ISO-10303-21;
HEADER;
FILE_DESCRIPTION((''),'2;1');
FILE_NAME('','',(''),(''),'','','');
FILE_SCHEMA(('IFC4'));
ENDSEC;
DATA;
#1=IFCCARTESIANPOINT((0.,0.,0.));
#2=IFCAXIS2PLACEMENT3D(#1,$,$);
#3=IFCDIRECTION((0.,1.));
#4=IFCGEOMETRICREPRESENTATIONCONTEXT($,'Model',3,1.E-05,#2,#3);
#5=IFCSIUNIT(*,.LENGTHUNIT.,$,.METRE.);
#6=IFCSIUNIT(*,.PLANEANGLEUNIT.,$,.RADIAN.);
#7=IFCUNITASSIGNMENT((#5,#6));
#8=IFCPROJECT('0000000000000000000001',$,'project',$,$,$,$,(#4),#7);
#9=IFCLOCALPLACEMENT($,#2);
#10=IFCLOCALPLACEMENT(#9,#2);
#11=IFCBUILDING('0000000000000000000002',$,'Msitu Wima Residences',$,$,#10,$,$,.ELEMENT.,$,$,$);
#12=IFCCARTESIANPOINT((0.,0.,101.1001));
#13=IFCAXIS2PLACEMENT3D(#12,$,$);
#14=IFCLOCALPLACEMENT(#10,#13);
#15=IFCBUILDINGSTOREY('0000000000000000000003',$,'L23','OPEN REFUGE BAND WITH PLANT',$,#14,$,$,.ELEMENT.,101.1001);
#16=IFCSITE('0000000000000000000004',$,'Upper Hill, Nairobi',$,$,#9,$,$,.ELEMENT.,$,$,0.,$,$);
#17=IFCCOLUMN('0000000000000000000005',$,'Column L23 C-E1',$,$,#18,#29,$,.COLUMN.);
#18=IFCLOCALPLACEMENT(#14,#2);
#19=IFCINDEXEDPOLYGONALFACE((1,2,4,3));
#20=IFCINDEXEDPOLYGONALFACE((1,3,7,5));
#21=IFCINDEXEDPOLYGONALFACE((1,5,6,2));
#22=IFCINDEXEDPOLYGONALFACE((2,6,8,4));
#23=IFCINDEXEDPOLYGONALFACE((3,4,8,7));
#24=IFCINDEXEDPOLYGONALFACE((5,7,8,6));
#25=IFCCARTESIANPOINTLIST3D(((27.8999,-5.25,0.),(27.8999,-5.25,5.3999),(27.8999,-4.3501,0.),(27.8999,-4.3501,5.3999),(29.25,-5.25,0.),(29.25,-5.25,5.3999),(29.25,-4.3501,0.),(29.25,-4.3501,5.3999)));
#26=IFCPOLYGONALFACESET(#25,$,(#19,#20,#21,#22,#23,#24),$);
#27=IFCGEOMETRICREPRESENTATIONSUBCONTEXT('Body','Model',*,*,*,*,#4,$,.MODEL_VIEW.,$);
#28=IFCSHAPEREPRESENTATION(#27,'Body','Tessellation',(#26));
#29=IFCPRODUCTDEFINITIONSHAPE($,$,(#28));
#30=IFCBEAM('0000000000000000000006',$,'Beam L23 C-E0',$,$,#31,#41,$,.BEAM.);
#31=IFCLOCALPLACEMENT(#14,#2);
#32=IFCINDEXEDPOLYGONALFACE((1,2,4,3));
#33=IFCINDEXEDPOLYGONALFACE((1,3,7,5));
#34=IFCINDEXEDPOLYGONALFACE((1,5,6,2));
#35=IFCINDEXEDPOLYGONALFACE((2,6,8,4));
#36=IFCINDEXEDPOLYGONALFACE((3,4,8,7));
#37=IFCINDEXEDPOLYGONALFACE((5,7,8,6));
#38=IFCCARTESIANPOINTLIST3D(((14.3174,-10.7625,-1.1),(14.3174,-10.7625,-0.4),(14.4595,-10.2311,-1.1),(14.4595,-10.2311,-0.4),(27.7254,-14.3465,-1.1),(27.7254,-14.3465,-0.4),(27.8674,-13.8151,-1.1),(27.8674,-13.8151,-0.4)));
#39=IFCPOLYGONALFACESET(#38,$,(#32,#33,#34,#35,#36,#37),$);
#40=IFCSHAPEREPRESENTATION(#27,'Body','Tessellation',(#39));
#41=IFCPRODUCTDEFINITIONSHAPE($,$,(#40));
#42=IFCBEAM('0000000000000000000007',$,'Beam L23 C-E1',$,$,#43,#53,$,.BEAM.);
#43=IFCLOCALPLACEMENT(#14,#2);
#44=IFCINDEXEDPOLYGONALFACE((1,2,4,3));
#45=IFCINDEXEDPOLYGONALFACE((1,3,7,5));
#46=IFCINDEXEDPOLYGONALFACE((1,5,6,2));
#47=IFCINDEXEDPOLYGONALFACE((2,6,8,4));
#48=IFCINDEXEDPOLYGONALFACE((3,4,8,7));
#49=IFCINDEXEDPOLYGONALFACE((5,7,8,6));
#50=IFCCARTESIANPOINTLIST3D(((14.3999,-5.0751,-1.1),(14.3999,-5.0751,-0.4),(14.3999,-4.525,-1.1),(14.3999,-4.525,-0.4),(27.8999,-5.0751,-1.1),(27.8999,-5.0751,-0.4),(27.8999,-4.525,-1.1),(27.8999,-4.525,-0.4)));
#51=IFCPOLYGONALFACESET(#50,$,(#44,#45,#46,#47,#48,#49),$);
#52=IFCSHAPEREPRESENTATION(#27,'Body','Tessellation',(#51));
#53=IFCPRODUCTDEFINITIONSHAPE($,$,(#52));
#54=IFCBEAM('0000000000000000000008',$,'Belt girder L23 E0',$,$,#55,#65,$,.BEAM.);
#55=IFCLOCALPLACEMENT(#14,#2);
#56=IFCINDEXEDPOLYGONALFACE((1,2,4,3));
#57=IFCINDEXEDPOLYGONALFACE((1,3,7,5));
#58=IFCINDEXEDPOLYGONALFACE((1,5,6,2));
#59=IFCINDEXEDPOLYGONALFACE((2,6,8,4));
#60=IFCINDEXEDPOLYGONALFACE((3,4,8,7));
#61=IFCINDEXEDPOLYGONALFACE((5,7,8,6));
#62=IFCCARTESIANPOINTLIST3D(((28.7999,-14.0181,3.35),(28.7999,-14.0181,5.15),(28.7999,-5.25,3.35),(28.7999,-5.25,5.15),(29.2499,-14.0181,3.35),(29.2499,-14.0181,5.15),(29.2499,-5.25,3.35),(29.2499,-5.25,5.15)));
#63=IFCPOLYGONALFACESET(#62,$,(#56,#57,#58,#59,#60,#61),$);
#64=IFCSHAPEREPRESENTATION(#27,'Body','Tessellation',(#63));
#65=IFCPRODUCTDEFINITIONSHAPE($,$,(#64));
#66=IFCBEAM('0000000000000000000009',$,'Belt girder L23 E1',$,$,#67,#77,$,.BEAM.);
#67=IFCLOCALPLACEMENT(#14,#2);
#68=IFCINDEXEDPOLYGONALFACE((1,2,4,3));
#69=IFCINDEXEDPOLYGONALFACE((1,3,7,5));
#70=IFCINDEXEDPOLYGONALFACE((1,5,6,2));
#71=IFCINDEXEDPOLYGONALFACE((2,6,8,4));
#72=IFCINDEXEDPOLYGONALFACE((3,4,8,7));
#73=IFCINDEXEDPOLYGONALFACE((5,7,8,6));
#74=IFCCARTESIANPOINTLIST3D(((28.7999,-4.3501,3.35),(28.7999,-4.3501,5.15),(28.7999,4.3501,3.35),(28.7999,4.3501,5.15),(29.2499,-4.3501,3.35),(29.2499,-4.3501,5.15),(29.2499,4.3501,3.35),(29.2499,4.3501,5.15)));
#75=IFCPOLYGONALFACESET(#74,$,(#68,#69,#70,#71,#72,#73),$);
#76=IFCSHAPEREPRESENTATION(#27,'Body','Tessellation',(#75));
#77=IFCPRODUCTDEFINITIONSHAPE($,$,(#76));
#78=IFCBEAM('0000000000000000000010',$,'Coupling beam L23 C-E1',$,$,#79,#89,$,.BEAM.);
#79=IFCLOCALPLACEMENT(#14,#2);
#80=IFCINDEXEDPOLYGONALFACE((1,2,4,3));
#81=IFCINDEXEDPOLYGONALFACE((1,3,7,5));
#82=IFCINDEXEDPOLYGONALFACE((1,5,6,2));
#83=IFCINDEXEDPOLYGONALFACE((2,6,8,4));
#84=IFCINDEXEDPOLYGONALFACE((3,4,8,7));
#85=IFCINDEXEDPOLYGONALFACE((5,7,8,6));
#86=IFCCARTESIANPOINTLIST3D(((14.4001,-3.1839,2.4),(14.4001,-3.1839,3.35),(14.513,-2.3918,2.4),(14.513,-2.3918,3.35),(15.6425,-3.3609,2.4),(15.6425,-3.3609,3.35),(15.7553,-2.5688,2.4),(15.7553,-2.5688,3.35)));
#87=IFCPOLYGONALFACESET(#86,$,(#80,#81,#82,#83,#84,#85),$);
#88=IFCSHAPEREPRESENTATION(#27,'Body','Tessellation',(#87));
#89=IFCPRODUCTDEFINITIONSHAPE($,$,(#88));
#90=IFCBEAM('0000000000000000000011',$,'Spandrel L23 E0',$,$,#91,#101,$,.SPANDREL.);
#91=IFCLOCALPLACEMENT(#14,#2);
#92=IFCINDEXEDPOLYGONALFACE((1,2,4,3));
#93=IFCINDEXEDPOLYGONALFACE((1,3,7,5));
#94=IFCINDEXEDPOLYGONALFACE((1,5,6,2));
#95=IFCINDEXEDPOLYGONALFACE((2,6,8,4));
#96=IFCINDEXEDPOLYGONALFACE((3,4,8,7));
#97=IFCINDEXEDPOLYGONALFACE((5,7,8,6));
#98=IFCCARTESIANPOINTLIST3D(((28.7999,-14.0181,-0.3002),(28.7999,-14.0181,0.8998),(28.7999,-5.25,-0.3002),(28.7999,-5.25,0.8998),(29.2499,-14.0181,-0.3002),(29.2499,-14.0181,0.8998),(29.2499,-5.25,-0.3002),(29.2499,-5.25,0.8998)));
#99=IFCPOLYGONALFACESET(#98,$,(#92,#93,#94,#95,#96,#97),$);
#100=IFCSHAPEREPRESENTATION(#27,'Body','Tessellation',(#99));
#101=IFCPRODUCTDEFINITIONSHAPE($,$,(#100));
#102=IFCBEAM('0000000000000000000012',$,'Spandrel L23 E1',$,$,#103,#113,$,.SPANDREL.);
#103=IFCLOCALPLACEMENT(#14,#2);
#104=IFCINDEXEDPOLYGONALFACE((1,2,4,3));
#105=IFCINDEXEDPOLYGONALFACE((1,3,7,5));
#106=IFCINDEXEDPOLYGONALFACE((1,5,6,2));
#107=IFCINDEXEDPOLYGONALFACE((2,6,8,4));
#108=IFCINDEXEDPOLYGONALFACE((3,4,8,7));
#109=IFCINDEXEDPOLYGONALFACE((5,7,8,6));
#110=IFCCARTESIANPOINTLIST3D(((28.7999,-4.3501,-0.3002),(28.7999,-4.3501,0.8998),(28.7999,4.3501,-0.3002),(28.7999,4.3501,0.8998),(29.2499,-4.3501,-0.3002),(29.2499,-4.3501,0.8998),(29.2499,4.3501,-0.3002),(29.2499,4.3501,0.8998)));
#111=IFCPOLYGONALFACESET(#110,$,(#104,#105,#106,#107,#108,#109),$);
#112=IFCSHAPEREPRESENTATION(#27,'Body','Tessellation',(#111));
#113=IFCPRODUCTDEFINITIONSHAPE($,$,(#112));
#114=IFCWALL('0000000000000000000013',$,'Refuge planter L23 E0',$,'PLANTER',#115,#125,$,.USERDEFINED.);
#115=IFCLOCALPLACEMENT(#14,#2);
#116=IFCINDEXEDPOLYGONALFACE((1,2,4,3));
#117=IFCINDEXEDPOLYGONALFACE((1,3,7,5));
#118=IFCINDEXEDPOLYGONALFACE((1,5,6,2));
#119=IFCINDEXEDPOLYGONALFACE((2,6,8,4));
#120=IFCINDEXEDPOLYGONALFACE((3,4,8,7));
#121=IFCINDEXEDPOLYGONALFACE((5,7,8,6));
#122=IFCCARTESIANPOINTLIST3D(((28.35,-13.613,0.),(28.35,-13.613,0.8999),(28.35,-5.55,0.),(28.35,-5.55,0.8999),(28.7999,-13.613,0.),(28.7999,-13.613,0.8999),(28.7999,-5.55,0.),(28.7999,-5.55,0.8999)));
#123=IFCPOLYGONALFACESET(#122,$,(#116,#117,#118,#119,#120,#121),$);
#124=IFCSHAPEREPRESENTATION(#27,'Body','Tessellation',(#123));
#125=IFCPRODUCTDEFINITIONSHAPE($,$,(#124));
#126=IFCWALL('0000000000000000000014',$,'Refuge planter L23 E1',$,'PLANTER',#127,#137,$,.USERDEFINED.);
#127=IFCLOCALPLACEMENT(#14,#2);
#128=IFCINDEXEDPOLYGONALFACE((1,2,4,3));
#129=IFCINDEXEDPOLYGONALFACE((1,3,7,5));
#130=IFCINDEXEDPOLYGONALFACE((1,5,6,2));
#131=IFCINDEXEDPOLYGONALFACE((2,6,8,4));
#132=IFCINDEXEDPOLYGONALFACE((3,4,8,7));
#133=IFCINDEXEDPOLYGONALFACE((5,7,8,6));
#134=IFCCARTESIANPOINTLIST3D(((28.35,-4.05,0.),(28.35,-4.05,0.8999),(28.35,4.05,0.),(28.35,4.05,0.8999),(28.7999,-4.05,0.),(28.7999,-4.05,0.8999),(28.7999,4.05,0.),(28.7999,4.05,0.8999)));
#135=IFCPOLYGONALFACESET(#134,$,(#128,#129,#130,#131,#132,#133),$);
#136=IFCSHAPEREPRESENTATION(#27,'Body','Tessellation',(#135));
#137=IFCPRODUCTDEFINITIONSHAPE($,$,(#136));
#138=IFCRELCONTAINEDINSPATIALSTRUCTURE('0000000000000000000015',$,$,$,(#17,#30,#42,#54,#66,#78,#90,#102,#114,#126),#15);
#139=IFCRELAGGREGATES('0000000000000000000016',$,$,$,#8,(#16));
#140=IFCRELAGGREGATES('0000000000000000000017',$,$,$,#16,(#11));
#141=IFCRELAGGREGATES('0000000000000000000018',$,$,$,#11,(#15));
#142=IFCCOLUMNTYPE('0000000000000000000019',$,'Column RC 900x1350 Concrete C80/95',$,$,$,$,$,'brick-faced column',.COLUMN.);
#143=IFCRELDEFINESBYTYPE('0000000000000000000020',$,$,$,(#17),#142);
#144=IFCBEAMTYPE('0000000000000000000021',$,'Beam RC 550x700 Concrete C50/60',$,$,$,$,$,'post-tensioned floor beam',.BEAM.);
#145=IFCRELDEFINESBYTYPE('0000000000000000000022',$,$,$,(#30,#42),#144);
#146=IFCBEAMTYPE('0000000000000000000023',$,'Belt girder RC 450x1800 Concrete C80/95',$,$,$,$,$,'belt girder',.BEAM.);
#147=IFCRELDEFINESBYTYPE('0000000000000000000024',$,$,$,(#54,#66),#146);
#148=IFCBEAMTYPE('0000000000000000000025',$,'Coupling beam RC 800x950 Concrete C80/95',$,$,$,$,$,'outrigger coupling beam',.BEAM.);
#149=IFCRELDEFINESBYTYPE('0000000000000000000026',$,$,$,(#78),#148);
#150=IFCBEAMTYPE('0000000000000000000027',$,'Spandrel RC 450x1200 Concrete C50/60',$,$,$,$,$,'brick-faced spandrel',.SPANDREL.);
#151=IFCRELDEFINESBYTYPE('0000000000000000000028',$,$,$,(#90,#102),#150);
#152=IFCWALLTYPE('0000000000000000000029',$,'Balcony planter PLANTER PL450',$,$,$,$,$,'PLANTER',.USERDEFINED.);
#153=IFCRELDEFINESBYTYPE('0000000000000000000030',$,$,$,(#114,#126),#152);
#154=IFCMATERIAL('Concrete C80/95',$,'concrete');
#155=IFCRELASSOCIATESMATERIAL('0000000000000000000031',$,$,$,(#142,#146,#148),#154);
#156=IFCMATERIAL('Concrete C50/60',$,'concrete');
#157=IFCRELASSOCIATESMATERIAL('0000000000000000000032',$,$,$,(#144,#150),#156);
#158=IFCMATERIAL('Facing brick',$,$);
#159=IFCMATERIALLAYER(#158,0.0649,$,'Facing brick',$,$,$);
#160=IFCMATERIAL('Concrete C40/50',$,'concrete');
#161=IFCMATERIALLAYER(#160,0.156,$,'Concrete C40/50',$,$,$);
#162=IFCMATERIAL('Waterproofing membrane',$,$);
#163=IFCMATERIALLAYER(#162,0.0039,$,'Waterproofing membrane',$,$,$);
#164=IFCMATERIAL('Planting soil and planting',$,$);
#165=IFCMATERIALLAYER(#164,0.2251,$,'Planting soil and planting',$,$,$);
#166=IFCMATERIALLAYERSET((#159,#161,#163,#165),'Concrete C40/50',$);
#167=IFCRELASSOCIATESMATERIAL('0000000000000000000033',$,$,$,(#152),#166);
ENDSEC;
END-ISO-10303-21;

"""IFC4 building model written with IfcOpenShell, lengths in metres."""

from ifc_helpers import new_model, si_unit, direction, frame, frame_2d, origin, origin_2d, place, context, subcontext, project, spatial, rectangle, extrude, material, layer, layer_set, material_profile, profile_set, type_object, element, save


model = new_model("IFC4")

# Units and contexts
model_context = context("Model", 3, precision=1e-05, world=origin(), true_north=direction((0.0, 1.0)))
body_context = subcontext(model_context, "Body", "Model", "MODEL_VIEW")
ifc_project = project(units=[si_unit("LENGTHUNIT", "METRE"), si_unit("PLANEANGLEUNIT", "RADIAN")], contexts=[model_context])

# Site, building, storey
site_placement = place(None, origin())
site = spatial("IfcSite", under=ifc_project, at=site_placement, Name="Upper Hill, Nairobi", CompositionType="ELEMENT", RefElevation=0.0)
building_placement = place(site_placement, origin())
building = spatial("IfcBuilding", under=site, at=building_placement, Name="Msitu Wima Residences", CompositionType="ELEMENT")
storey_placement = place(building_placement, frame((0.0, 0.0, 101.1001)))
storey = spatial("IfcBuildingStorey", under=building, at=storey_placement, Name="L23", Description="OPEN REFUGE BAND WITH PLANT", CompositionType="ELEMENT", Elevation=101.1001)

# Column
ifc_material_1 = material(Name="Concrete C80/95", Category="concrete")
ifc_material_profile_1 = material_profile(ifc_material_1, rectangle(XDim=0.8999, YDim=1.3501, at=origin_2d()), Name="RC 900x1350")
ifc_profile_set_1 = profile_set([ifc_material_profile_1], Name="Concrete C80/95")
column_type = type_object("IfcColumnType", Name="Column RC 900x1350 Concrete C80/95", ElementType="brick-faced column", PredefinedType="COLUMN", material=ifc_profile_set_1)
column_placement = place(storey_placement, frame((28.575, -4.8, 0.0), z_axis=(0.0, 0.0, 1.0), x_axis=(0.0, 1.0, 0.0)))
element("IfcColumn", 1, at=column_placement, inside=storey, type_object=column_type, Name="Column L23 C-E1", PredefinedType="COLUMN", context=body_context, shape_type="SweptSolid", body=[
    extrude(rectangle(XDim=0.8999, YDim=1.3501, at=origin_2d()), origin(), (0.0, 0.0, 1.0), 5.3999),
])

# Beams
ifc_material_2 = material(Name="Concrete C50/60", Category="concrete")
ifc_material_profile_2 = material_profile(ifc_material_2, rectangle(XDim=0.55, YDim=0.7, at=origin_2d()), Name="RC 550x700")
ifc_profile_set_2 = profile_set([ifc_material_profile_2], Name="Concrete C50/60")
beam_type_1 = type_object("IfcBeamType", Name="Beam RC 550x700 Concrete C50/60", ElementType="post-tensioned floor beam", PredefinedType="BEAM", material=ifc_profile_set_2)
beam_1_placement = place(storey_placement, frame((27.7964, -14.0808, -0.75), z_axis=(-0.966082, 0.258236, 0.0), x_axis=(-0.258236, -0.966082, 0.0)))
element("IfcBeam", 2, at=beam_1_placement, inside=storey, type_object=beam_type_1, Name="Beam L23 C-E0", PredefinedType="BEAM", context=body_context, shape_type="SweptSolid", body=[
    extrude(rectangle(XDim=0.55, YDim=0.7, at=origin_2d()), origin(), (0.0, 0.0, 1.0), 13.8787),
])
beam_2_placement = place(storey_placement, frame((27.8999, -4.8, -0.75), z_axis=(-1.0, 0.0, 0.0), x_axis=(0.0, -1.0, 0.0)))
element("IfcBeam", 3, at=beam_2_placement, inside=storey, type_object=beam_type_1, Name="Beam L23 C-E1", PredefinedType="BEAM", context=body_context, shape_type="SweptSolid", body=[
    extrude(rectangle(XDim=0.55, YDim=0.7, at=origin_2d()), origin(), (0.0, 0.0, 1.0), 13.5),
])
ifc_material_profile_3 = material_profile(ifc_material_1, rectangle(XDim=0.45, YDim=1.8, at=origin_2d()), Name="RC 450x1800")
ifc_profile_set_3 = profile_set([ifc_material_profile_3], Name="Concrete C80/95")
beam_type_2 = type_object("IfcBeamType", Name="Belt girder RC 450x1800 Concrete C80/95", ElementType="belt girder", PredefinedType="BEAM", material=ifc_profile_set_3)
beam_3_placement = place(storey_placement, frame((29.0249, -14.0181, 4.25), z_axis=(0.0, 1.0, 0.0), x_axis=(-1.0, 0.0, 0.0)))
element("IfcBeam", 4, at=beam_3_placement, inside=storey, type_object=beam_type_2, Name="Belt girder L23 E0", PredefinedType="BEAM", context=body_context, shape_type="SweptSolid", body=[
    extrude(rectangle(XDim=0.45, YDim=1.8, at=origin_2d()), origin(), (0.0, 0.0, 1.0), 8.7681),
])
beam_4_placement = place(storey_placement, frame((29.0249, -4.3501, 4.25), z_axis=(0.0, 1.0, 0.0), x_axis=(-1.0, 0.0, 0.0)))
element("IfcBeam", 5, at=beam_4_placement, inside=storey, type_object=beam_type_2, Name="Belt girder L23 E1", PredefinedType="BEAM", context=body_context, shape_type="SweptSolid", body=[
    extrude(rectangle(XDim=0.45, YDim=1.8, at=origin_2d()), origin(), (0.0, 0.0, 1.0), 8.7002),
])
ifc_material_profile_4 = material_profile(ifc_material_1, rectangle(XDim=0.8, YDim=0.95, at=origin_2d()), Name="RC 800x950")
ifc_profile_set_4 = profile_set([ifc_material_profile_4], Name="Concrete C80/95")
beam_type_3 = type_object("IfcBeamType", Name="Coupling beam RC 800x950 Concrete C80/95", ElementType="outrigger coupling beam", PredefinedType="BEAM", material=ifc_profile_set_4)
beam_5_placement = place(storey_placement, frame((14.4565, -2.7878, 2.875), z_axis=(0.990004, -0.14104, 0.0), x_axis=(0.14104, 0.990004, 0.0)))
element("IfcBeam", 6, at=beam_5_placement, inside=storey, type_object=beam_type_3, Name="Coupling beam L23 C-E1", PredefinedType="BEAM", context=body_context, shape_type="SweptSolid", body=[
    extrude(rectangle(XDim=0.8, YDim=0.95, at=origin_2d()), origin(), (0.0, 0.0, 1.0), 1.2549),
])
ifc_material_profile_5 = material_profile(ifc_material_2, rectangle(XDim=0.45, YDim=1.2, at=origin_2d()), Name="RC 450x1200")
ifc_profile_set_5 = profile_set([ifc_material_profile_5], Name="Concrete C50/60")
beam_type_4 = type_object("IfcBeamType", Name="Spandrel RC 450x1200 Concrete C50/60", ElementType="brick-faced spandrel", PredefinedType="SPANDREL", material=ifc_profile_set_5)
beam_6_placement = place(storey_placement, frame((29.0249, -14.0181, 0.2998), z_axis=(0.0, 1.0, 0.0), x_axis=(-1.0, 0.0, 0.0)))
element("IfcBeam", 7, at=beam_6_placement, inside=storey, type_object=beam_type_4, Name="Spandrel L23 E0", PredefinedType="SPANDREL", context=body_context, shape_type="SweptSolid", body=[
    extrude(rectangle(XDim=0.45, YDim=1.2, at=origin_2d()), origin(), (0.0, 0.0, 1.0), 8.7681),
])
beam_7_placement = place(storey_placement, frame((29.0249, -4.3501, 0.2998), z_axis=(0.0, 1.0, 0.0), x_axis=(-1.0, 0.0, 0.0)))
element("IfcBeam", 8, at=beam_7_placement, inside=storey, type_object=beam_type_4, Name="Spandrel L23 E1", PredefinedType="SPANDREL", context=body_context, shape_type="SweptSolid", body=[
    extrude(rectangle(XDim=0.45, YDim=1.2, at=origin_2d()), origin(), (0.0, 0.0, 1.0), 8.7002),
])

# Walls
ifc_material_3 = material(Name="Facing brick")
ifc_layer_1 = layer(ifc_material_3, 0.0649, Name="Facing brick")
ifc_material_4 = material(Name="Concrete C40/50", Category="concrete")
ifc_layer_2 = layer(ifc_material_4, 0.156, Name="Concrete C40/50")
ifc_material_5 = material(Name="Waterproofing membrane")
ifc_layer_3 = layer(ifc_material_5, 0.0039, Name="Waterproofing membrane")
ifc_material_6 = material(Name="Planting soil and planting")
ifc_layer_4 = layer(ifc_material_6, 0.2251, Name="Planting soil and planting")
ifc_layer_set_1 = layer_set([ifc_layer_1, ifc_layer_2, ifc_layer_3, ifc_layer_4], Name="Concrete C40/50")
wall_type_1 = type_object("IfcWallType", Name="Balcony planter PLANTER PL450", ElementType="PLANTER", PredefinedType="USERDEFINED", material=ifc_layer_set_1)
wall_1_placement = place(storey_placement, frame((28.575, -13.613, 0.0), z_axis=(0.0, 0.0, 1.0), x_axis=(0.0, 1.0, 0.0)))
element("IfcWall", 9, at=wall_1_placement, inside=storey, type_object=wall_type_1, Name="Refuge planter L23 E0", ObjectType="PLANTER", PredefinedType="USERDEFINED", context=body_context, shape_type="SweptSolid", body=[
    extrude(rectangle(XDim=8.063, YDim=0.45, at=frame_2d((4.0315, 0.0))), origin(), (0.0, 0.0, 1.0), 0.8999),
])
wall_2_placement = place(storey_placement, frame((28.575, -4.05, 0.0), z_axis=(0.0, 0.0, 1.0), x_axis=(0.0, 1.0, 0.0)))
element("IfcWall", 10, at=wall_2_placement, inside=storey, type_object=wall_type_1, Name="Refuge planter L23 E1", ObjectType="PLANTER", PredefinedType="USERDEFINED", context=body_context, shape_type="SweptSolid", body=[
    extrude(rectangle(XDim=8.1001, YDim=0.45, at=frame_2d((4.05, 0.0))), origin(), (0.0, 0.0, 1.0), 0.8999),
])

save(model, "model.ifc")
